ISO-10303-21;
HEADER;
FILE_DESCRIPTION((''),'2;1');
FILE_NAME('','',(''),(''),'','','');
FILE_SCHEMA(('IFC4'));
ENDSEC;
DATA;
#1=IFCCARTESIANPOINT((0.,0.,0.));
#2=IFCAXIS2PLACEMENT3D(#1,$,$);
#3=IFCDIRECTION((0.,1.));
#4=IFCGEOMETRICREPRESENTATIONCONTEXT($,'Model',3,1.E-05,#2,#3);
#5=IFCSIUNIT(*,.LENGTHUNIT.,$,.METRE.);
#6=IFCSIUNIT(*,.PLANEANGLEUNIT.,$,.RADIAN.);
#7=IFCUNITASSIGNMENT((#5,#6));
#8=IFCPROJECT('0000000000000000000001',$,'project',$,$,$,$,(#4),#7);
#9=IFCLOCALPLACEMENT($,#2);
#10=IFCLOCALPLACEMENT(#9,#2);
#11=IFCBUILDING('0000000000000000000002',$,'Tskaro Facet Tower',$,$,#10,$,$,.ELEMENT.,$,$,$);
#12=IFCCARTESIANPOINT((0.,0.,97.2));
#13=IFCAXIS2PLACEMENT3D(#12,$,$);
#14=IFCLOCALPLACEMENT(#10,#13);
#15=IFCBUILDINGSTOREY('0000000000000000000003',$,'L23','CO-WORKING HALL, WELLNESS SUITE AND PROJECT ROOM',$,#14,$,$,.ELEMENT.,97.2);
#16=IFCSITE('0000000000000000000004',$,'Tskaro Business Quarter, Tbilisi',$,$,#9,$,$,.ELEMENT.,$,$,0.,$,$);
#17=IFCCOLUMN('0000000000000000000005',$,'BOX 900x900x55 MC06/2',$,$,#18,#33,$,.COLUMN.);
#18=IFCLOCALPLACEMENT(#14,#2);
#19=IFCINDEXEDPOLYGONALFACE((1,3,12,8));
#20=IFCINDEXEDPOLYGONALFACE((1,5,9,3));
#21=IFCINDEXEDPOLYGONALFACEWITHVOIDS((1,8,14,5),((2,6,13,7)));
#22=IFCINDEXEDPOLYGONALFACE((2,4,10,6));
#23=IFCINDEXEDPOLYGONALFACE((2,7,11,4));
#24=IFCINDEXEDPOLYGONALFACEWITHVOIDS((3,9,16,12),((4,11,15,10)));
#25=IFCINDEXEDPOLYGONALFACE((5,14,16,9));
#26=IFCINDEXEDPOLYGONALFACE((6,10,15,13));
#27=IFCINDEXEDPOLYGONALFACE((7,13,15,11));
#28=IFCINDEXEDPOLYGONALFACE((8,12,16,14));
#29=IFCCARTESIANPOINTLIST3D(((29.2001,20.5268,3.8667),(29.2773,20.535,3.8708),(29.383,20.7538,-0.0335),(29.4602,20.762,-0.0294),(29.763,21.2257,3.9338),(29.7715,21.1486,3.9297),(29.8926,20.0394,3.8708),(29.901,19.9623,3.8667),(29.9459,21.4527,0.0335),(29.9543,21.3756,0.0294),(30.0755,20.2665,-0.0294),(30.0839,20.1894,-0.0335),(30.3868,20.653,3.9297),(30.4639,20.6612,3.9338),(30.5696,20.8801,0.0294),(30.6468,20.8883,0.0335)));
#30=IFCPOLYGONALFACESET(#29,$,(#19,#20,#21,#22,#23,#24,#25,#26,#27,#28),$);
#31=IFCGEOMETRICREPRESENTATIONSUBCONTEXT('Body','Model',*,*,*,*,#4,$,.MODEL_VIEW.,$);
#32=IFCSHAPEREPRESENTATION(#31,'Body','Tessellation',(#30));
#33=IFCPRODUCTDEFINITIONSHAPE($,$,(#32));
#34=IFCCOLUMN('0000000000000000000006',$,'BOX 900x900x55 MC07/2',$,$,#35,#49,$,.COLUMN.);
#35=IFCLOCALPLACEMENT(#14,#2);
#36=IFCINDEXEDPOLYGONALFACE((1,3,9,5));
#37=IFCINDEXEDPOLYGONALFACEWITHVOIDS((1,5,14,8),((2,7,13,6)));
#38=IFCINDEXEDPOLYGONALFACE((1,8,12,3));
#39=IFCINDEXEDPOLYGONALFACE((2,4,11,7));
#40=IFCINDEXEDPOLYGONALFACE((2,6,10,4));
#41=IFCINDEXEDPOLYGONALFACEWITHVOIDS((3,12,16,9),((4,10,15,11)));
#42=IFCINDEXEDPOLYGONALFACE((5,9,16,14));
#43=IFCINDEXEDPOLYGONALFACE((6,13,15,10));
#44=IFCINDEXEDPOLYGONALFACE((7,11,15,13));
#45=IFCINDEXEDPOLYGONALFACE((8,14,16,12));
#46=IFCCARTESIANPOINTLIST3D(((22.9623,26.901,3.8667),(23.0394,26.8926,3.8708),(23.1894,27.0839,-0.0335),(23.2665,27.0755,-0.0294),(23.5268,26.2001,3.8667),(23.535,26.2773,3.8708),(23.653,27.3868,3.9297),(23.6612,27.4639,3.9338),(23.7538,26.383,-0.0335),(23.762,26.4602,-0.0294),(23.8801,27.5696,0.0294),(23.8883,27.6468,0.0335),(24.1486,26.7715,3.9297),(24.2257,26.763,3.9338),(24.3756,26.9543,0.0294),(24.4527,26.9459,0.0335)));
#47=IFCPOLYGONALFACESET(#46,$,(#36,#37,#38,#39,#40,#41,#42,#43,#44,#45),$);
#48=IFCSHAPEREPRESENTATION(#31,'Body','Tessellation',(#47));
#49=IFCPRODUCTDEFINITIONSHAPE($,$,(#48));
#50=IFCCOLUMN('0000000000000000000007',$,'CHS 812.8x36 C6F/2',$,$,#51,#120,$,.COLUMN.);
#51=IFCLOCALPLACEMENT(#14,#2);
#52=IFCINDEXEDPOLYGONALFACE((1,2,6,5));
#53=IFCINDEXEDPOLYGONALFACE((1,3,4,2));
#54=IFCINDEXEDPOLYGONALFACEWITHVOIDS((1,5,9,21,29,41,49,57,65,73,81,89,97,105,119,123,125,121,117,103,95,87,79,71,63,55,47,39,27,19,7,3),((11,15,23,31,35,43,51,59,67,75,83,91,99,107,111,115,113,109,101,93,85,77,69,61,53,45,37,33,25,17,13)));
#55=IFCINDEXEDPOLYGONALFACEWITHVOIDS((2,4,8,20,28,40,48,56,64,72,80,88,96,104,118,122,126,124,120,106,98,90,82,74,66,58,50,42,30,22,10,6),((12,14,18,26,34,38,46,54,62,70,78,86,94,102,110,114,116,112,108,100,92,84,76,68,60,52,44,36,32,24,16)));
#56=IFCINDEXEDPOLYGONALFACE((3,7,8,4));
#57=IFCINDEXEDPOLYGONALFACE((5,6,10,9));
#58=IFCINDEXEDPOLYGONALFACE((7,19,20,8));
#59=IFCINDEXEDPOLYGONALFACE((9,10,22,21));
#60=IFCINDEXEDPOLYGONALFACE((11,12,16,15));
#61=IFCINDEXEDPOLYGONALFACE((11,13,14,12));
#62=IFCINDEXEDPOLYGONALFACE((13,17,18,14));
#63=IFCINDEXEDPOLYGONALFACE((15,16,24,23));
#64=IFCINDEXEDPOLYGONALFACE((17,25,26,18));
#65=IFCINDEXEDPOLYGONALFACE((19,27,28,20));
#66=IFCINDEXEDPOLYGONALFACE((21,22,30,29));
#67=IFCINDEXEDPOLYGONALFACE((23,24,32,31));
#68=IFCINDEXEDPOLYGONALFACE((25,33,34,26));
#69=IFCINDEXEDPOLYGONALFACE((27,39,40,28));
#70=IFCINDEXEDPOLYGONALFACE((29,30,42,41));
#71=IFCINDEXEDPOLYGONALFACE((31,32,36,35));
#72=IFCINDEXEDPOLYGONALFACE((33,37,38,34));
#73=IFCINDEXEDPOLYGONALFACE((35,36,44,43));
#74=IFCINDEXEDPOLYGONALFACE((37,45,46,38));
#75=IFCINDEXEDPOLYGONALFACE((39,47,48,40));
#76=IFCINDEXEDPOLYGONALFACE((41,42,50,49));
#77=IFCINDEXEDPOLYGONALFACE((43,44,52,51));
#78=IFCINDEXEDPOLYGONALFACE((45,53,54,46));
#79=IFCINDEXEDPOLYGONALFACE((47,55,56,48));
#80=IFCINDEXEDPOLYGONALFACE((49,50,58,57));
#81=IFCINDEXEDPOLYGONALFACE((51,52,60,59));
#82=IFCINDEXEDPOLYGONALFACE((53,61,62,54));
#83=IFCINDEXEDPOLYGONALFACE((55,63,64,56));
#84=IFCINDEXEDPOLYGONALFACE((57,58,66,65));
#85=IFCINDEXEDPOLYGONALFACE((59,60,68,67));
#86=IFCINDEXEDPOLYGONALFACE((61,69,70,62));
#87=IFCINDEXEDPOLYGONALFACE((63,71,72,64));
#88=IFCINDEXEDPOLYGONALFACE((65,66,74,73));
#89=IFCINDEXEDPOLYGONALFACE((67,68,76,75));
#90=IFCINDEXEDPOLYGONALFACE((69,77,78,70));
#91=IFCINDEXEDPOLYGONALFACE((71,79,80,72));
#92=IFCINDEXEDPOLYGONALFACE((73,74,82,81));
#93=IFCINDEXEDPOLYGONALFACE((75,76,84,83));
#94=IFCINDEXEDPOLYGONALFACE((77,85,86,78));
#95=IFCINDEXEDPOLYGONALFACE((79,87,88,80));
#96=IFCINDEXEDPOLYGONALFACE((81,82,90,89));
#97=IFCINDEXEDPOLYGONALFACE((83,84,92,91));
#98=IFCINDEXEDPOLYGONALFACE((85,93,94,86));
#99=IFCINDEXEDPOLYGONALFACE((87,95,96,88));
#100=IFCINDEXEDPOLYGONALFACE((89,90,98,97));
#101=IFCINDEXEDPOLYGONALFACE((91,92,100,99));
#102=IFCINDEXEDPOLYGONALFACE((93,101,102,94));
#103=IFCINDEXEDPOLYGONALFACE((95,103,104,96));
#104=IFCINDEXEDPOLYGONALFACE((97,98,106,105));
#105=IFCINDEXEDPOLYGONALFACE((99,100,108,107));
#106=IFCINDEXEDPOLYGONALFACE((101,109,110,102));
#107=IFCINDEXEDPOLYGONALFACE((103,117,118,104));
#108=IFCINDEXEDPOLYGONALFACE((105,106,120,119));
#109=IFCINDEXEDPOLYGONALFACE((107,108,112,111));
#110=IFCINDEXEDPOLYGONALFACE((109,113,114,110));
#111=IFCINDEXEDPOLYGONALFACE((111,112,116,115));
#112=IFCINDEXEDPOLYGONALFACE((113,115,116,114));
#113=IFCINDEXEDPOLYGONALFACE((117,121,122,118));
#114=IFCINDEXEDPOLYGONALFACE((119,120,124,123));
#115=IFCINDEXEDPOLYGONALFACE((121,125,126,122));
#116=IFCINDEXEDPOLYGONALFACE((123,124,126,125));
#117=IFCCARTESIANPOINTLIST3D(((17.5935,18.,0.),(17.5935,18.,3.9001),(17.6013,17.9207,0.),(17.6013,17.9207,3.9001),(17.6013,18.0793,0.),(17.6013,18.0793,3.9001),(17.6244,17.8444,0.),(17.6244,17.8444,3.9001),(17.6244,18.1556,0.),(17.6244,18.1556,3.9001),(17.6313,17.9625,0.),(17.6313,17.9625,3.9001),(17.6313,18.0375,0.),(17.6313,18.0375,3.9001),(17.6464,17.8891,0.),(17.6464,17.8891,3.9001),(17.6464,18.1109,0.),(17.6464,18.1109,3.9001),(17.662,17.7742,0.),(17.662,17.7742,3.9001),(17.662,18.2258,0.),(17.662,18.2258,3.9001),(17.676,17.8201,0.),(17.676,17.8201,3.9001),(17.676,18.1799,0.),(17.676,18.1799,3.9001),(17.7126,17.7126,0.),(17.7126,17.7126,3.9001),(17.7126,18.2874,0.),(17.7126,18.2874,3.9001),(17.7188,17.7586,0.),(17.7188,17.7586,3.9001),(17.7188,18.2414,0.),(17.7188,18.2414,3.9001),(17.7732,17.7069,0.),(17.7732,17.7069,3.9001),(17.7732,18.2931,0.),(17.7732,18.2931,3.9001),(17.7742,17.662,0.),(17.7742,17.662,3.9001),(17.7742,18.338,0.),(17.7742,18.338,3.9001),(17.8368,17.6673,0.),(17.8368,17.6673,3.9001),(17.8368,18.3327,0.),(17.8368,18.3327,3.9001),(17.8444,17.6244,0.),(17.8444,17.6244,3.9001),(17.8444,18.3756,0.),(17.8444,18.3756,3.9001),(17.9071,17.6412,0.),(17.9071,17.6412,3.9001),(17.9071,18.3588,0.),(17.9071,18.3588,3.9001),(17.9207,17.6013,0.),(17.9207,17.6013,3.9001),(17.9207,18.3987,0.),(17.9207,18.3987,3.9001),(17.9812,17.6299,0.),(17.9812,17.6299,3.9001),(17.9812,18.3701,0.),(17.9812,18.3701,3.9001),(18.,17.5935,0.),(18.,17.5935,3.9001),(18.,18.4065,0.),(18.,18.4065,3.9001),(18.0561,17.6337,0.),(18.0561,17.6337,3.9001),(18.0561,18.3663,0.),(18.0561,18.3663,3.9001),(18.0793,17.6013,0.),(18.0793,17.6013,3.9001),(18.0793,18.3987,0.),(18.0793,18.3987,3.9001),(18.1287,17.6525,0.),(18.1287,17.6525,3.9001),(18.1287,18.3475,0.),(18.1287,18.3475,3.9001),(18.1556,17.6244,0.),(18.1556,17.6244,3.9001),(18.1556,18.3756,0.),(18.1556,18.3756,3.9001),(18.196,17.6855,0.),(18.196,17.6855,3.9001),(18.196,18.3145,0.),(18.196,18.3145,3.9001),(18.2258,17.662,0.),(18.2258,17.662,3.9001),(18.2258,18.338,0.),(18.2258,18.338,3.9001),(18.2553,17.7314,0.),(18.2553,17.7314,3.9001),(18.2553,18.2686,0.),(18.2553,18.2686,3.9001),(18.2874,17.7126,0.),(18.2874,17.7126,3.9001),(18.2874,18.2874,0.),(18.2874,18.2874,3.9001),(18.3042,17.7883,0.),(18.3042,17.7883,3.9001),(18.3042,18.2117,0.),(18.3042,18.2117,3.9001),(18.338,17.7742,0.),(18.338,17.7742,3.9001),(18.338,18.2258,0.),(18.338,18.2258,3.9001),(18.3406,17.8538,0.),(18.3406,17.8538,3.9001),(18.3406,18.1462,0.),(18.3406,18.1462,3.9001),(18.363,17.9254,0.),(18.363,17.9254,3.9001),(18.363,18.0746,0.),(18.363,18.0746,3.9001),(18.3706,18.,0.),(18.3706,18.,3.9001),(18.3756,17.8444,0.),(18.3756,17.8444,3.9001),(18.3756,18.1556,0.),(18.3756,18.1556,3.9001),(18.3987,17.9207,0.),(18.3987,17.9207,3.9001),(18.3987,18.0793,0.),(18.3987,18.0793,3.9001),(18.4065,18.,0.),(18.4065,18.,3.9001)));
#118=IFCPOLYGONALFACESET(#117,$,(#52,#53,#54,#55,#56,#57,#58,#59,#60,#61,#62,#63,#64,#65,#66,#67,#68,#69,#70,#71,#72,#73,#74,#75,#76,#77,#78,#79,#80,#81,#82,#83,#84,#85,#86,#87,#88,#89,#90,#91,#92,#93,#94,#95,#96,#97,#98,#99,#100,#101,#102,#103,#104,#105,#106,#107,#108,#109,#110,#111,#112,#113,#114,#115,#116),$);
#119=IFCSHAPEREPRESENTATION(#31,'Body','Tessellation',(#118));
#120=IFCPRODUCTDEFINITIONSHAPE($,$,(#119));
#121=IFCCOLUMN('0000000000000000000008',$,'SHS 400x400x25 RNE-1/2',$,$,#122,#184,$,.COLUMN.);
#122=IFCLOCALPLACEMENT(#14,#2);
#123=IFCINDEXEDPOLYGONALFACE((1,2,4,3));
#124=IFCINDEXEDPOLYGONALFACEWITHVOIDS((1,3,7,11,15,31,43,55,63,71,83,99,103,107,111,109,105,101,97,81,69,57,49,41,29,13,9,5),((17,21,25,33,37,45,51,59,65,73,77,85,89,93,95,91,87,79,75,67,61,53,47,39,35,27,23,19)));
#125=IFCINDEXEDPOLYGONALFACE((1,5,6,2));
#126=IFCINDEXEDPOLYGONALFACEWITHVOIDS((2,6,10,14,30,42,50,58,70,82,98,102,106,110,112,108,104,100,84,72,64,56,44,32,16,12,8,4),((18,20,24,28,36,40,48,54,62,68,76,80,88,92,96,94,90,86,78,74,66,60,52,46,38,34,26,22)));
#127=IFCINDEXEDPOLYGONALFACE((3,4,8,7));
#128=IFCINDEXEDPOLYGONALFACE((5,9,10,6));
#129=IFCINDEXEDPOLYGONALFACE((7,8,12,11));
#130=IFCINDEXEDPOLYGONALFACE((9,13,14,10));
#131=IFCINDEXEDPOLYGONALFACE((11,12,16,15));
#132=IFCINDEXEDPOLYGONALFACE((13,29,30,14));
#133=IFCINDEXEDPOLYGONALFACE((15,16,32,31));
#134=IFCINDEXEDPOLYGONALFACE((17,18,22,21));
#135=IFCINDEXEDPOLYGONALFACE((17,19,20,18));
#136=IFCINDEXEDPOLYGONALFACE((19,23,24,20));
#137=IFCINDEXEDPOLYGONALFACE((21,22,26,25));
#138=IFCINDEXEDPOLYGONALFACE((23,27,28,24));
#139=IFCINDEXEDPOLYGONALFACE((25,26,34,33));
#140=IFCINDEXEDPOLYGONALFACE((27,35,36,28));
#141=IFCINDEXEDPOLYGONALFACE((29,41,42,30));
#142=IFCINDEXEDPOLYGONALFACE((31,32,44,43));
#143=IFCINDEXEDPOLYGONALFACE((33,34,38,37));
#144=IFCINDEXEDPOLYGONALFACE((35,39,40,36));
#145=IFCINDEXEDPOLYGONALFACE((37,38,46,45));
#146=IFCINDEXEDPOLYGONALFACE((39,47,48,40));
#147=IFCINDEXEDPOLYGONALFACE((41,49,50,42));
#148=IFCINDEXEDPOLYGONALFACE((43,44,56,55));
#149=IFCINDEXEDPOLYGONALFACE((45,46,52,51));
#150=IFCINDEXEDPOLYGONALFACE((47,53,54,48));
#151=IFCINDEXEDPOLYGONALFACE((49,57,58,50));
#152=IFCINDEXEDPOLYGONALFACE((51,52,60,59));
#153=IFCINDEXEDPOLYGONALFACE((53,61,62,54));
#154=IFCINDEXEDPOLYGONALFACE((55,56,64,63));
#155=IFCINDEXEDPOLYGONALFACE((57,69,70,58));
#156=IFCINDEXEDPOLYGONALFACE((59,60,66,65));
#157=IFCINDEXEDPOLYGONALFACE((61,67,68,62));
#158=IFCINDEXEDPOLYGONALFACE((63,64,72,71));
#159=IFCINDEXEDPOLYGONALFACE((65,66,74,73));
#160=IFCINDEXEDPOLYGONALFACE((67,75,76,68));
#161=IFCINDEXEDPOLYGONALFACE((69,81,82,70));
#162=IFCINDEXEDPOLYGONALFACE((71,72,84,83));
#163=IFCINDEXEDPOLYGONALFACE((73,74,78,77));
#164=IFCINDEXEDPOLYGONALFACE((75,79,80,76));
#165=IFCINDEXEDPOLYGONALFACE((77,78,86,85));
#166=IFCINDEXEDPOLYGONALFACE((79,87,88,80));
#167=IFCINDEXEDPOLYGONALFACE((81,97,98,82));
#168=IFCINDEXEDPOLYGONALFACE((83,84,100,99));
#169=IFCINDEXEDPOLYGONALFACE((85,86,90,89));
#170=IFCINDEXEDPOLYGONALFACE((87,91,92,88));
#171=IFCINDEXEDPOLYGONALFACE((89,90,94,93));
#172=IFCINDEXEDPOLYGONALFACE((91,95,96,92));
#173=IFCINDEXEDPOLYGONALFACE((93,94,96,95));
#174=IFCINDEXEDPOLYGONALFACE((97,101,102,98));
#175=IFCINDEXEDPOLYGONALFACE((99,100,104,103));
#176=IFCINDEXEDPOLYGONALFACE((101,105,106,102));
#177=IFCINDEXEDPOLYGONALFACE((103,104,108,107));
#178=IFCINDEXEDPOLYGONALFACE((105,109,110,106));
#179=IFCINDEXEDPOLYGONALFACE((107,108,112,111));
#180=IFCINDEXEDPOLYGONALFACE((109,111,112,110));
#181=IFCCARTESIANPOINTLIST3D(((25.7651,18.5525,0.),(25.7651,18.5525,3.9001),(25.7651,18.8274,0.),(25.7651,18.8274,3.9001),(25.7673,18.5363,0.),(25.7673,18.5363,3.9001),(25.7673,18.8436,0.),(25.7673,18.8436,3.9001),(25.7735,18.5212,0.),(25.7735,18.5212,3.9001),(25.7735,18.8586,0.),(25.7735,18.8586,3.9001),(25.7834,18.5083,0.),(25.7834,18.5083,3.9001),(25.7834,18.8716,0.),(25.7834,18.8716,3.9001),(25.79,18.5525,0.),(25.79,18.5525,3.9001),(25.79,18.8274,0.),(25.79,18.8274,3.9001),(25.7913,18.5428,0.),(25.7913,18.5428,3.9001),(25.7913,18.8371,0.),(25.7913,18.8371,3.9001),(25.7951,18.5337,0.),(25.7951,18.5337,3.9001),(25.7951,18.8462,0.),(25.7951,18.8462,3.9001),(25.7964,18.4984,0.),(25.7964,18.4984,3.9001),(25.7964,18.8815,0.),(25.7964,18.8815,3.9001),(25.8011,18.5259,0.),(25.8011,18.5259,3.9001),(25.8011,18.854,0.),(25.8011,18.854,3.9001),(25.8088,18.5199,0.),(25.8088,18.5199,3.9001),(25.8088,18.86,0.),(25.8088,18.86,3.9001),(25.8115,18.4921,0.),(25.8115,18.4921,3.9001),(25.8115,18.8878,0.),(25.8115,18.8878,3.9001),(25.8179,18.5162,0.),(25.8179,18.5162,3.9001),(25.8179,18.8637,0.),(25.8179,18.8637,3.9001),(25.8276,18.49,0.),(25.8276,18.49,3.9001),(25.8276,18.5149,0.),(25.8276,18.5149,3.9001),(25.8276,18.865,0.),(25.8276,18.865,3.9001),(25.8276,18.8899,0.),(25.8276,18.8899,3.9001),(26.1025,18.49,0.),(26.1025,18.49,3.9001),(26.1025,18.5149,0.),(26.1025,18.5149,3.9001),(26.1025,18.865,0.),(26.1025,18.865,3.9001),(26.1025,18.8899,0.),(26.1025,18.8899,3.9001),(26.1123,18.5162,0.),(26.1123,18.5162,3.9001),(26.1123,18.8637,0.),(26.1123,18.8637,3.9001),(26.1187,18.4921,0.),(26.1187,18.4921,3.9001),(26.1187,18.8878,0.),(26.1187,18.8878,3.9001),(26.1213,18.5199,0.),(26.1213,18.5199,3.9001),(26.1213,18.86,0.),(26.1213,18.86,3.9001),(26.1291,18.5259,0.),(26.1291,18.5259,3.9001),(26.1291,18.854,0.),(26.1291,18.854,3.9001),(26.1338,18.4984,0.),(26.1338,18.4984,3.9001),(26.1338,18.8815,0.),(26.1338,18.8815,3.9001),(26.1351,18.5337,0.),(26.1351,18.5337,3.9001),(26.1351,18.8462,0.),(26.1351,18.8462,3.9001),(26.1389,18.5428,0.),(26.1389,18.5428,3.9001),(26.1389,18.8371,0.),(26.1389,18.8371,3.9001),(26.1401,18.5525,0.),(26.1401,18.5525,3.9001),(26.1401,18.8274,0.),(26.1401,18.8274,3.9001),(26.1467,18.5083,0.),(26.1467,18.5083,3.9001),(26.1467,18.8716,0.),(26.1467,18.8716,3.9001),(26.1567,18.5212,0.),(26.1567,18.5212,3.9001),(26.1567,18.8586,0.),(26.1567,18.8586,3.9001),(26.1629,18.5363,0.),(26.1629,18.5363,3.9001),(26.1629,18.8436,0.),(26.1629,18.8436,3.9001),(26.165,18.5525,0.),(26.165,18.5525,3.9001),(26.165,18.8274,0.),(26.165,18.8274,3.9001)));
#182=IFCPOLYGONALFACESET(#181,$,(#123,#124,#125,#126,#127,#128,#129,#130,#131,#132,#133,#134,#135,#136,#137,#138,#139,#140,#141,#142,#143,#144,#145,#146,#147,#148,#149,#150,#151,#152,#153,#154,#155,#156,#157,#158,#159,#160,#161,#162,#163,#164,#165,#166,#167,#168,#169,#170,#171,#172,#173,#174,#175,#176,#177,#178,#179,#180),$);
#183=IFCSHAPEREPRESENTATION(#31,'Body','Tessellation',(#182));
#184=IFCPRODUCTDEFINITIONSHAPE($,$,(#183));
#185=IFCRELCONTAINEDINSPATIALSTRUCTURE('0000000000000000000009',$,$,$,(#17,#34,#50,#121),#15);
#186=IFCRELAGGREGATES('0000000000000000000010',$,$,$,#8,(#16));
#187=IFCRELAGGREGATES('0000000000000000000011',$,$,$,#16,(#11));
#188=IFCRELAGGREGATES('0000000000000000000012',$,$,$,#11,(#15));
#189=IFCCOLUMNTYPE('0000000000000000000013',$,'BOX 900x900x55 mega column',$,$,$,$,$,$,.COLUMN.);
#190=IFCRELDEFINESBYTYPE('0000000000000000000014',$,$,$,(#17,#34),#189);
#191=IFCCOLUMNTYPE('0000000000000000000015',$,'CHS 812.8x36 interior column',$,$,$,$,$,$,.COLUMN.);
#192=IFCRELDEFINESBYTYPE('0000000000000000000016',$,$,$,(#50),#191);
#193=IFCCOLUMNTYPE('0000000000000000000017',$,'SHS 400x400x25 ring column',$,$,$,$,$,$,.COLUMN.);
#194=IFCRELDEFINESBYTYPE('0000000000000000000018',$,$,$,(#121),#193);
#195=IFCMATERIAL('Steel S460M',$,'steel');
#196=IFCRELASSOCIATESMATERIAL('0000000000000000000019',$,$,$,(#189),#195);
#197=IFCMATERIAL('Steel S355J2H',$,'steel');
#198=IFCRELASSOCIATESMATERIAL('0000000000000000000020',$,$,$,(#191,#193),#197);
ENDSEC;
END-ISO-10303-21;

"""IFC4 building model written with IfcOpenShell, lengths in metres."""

from ifc_helpers import new_model, si_unit, direction, frame, origin, origin_2d, place, context, subcontext, project, spatial, hollow_rectangle, hollow_circle, extrude, material, material_profile, profile_set, type_object, element, save


model = new_model("IFC4")

# Units and contexts
model_context = context("Model", 3, precision=1e-05, world=origin(), true_north=direction((0.0, 1.0)))
body_context = subcontext(model_context, "Body", "Model", "MODEL_VIEW")
ifc_project = project(units=[si_unit("LENGTHUNIT", "METRE"), si_unit("PLANEANGLEUNIT", "RADIAN")], contexts=[model_context])

# Site, building, storey
site_placement = place(None, origin())
site = spatial("IfcSite", under=ifc_project, at=site_placement, Name="Tskaro Business Quarter, Tbilisi", CompositionType="ELEMENT", RefElevation=0.0)
building_placement = place(site_placement, origin())
building = spatial("IfcBuilding", under=site, at=building_placement, Name="Tskaro Facet Tower", CompositionType="ELEMENT")
storey_placement = place(building_placement, frame((0.0, 0.0, 97.2)))
storey = spatial("IfcBuildingStorey", under=building, at=storey_placement, Name="L23", Description="CO-WORKING HALL, WELLNESS SUITE AND PROJECT ROOM", CompositionType="ELEMENT", Elevation=97.2)

# Columns
ifc_material_1 = material(Name="Steel S460M", Category="steel")
ifc_material_profile_1 = material_profile(ifc_material_1, hollow_rectangle(XDim=0.8999, YDim=0.8999, WallThickness=0.0549, at=origin_2d()), Name="BOX 900x900x55")
ifc_profile_set_1 = profile_set([ifc_material_profile_1], Name="Steel S460M")
column_type_1 = type_object("IfcColumnType", Name="BOX 900x900x55 mega column", PredefinedType="COLUMN", material=ifc_profile_set_1)
for number, where, z_axis, x_axis, name in (
    (1, (30.0149, 20.821, 0.0), (-0.046755, -0.058054, 0.997218), (0.778822, -0.627245, 0.0), "BOX 900x900x55 MC06/2"),
    (2, (23.821, 27.0149, 0.0), (-0.058054, -0.046755, 0.997218), (0.627245, -0.778822, 0.0), "BOX 900x900x55 MC07/2"),
):
    element("IfcColumn", number, at=place(storey_placement, frame(where, z_axis=z_axis, x_axis=x_axis)), inside=storey, type_object=column_type_1, Name=name, PredefinedType="COLUMN", context=body_context, shape_type="SweptSolid", body=[
        extrude(hollow_rectangle(XDim=0.8999, YDim=0.8999, WallThickness=0.0549, at=origin_2d()), origin(), (0.0, 0.0, 1.0), 3.9111),
    ])
ifc_material_2 = material(Name="Steel S355J2H", Category="steel")
ifc_material_profile_2 = material_profile(ifc_material_2, hollow_circle(Radius=0.4065, WallThickness=0.0359, at=origin_2d()), Name="CHS 812.8x36")
ifc_profile_set_2 = profile_set([ifc_material_profile_2], Name="Steel S355J2H")
column_type_2 = type_object("IfcColumnType", Name="CHS 812.8x36 interior column", PredefinedType="COLUMN", material=ifc_profile_set_2)
column_placement = place(storey_placement, frame((18.0, 18.0, 0.0), z_axis=(0.0, 0.0, 1.0), x_axis=(1.0, 0.0, 0.0)))
element("IfcColumn", 3, at=column_placement, inside=storey, type_object=column_type_2, Name="CHS 812.8x36 C6F/2", PredefinedType="COLUMN", context=body_context, shape_type="SweptSolid", body=[
    extrude(hollow_circle(Radius=0.4065, WallThickness=0.0359, at=origin_2d()), origin(), (0.0, 0.0, 1.0), 3.9001),
])
ifc_material_profile_3 = material_profile(ifc_material_2, hollow_rectangle(XDim=0.3999, YDim=0.3999, WallThickness=0.0249, InnerFilletRadius=0.0376, OuterFilletRadius=0.0625, at=origin_2d()), Name="SHS 400x400x25")
ifc_profile_set_3 = profile_set([ifc_material_profile_3], Name="Steel S355J2H")
column_type_3 = type_object("IfcColumnType", Name="SHS 400x400x25 ring column", PredefinedType="COLUMN", material=ifc_profile_set_3)
for number, where, z_axis, x_axis, name in (
    (4, (25.9651, 18.6899, 0.0), (0.0, 0.0, 1.0), (1.0, 0.0, 0.0), "SHS 400x400x25 RNE-1/2"),
):
    element("IfcColumn", number, at=place(storey_placement, frame(where, z_axis=z_axis, x_axis=x_axis)), inside=storey, type_object=column_type_3, Name=name, PredefinedType="COLUMN", context=body_context, shape_type="SweptSolid", body=[
        extrude(hollow_rectangle(XDim=0.3999, YDim=0.3999, WallThickness=0.0249, InnerFilletRadius=0.0376, OuterFilletRadius=0.0625, at=origin_2d()), origin(), (0.0, 0.0, 1.0), 3.9001),
    ])

save(model, "model.ifc")
